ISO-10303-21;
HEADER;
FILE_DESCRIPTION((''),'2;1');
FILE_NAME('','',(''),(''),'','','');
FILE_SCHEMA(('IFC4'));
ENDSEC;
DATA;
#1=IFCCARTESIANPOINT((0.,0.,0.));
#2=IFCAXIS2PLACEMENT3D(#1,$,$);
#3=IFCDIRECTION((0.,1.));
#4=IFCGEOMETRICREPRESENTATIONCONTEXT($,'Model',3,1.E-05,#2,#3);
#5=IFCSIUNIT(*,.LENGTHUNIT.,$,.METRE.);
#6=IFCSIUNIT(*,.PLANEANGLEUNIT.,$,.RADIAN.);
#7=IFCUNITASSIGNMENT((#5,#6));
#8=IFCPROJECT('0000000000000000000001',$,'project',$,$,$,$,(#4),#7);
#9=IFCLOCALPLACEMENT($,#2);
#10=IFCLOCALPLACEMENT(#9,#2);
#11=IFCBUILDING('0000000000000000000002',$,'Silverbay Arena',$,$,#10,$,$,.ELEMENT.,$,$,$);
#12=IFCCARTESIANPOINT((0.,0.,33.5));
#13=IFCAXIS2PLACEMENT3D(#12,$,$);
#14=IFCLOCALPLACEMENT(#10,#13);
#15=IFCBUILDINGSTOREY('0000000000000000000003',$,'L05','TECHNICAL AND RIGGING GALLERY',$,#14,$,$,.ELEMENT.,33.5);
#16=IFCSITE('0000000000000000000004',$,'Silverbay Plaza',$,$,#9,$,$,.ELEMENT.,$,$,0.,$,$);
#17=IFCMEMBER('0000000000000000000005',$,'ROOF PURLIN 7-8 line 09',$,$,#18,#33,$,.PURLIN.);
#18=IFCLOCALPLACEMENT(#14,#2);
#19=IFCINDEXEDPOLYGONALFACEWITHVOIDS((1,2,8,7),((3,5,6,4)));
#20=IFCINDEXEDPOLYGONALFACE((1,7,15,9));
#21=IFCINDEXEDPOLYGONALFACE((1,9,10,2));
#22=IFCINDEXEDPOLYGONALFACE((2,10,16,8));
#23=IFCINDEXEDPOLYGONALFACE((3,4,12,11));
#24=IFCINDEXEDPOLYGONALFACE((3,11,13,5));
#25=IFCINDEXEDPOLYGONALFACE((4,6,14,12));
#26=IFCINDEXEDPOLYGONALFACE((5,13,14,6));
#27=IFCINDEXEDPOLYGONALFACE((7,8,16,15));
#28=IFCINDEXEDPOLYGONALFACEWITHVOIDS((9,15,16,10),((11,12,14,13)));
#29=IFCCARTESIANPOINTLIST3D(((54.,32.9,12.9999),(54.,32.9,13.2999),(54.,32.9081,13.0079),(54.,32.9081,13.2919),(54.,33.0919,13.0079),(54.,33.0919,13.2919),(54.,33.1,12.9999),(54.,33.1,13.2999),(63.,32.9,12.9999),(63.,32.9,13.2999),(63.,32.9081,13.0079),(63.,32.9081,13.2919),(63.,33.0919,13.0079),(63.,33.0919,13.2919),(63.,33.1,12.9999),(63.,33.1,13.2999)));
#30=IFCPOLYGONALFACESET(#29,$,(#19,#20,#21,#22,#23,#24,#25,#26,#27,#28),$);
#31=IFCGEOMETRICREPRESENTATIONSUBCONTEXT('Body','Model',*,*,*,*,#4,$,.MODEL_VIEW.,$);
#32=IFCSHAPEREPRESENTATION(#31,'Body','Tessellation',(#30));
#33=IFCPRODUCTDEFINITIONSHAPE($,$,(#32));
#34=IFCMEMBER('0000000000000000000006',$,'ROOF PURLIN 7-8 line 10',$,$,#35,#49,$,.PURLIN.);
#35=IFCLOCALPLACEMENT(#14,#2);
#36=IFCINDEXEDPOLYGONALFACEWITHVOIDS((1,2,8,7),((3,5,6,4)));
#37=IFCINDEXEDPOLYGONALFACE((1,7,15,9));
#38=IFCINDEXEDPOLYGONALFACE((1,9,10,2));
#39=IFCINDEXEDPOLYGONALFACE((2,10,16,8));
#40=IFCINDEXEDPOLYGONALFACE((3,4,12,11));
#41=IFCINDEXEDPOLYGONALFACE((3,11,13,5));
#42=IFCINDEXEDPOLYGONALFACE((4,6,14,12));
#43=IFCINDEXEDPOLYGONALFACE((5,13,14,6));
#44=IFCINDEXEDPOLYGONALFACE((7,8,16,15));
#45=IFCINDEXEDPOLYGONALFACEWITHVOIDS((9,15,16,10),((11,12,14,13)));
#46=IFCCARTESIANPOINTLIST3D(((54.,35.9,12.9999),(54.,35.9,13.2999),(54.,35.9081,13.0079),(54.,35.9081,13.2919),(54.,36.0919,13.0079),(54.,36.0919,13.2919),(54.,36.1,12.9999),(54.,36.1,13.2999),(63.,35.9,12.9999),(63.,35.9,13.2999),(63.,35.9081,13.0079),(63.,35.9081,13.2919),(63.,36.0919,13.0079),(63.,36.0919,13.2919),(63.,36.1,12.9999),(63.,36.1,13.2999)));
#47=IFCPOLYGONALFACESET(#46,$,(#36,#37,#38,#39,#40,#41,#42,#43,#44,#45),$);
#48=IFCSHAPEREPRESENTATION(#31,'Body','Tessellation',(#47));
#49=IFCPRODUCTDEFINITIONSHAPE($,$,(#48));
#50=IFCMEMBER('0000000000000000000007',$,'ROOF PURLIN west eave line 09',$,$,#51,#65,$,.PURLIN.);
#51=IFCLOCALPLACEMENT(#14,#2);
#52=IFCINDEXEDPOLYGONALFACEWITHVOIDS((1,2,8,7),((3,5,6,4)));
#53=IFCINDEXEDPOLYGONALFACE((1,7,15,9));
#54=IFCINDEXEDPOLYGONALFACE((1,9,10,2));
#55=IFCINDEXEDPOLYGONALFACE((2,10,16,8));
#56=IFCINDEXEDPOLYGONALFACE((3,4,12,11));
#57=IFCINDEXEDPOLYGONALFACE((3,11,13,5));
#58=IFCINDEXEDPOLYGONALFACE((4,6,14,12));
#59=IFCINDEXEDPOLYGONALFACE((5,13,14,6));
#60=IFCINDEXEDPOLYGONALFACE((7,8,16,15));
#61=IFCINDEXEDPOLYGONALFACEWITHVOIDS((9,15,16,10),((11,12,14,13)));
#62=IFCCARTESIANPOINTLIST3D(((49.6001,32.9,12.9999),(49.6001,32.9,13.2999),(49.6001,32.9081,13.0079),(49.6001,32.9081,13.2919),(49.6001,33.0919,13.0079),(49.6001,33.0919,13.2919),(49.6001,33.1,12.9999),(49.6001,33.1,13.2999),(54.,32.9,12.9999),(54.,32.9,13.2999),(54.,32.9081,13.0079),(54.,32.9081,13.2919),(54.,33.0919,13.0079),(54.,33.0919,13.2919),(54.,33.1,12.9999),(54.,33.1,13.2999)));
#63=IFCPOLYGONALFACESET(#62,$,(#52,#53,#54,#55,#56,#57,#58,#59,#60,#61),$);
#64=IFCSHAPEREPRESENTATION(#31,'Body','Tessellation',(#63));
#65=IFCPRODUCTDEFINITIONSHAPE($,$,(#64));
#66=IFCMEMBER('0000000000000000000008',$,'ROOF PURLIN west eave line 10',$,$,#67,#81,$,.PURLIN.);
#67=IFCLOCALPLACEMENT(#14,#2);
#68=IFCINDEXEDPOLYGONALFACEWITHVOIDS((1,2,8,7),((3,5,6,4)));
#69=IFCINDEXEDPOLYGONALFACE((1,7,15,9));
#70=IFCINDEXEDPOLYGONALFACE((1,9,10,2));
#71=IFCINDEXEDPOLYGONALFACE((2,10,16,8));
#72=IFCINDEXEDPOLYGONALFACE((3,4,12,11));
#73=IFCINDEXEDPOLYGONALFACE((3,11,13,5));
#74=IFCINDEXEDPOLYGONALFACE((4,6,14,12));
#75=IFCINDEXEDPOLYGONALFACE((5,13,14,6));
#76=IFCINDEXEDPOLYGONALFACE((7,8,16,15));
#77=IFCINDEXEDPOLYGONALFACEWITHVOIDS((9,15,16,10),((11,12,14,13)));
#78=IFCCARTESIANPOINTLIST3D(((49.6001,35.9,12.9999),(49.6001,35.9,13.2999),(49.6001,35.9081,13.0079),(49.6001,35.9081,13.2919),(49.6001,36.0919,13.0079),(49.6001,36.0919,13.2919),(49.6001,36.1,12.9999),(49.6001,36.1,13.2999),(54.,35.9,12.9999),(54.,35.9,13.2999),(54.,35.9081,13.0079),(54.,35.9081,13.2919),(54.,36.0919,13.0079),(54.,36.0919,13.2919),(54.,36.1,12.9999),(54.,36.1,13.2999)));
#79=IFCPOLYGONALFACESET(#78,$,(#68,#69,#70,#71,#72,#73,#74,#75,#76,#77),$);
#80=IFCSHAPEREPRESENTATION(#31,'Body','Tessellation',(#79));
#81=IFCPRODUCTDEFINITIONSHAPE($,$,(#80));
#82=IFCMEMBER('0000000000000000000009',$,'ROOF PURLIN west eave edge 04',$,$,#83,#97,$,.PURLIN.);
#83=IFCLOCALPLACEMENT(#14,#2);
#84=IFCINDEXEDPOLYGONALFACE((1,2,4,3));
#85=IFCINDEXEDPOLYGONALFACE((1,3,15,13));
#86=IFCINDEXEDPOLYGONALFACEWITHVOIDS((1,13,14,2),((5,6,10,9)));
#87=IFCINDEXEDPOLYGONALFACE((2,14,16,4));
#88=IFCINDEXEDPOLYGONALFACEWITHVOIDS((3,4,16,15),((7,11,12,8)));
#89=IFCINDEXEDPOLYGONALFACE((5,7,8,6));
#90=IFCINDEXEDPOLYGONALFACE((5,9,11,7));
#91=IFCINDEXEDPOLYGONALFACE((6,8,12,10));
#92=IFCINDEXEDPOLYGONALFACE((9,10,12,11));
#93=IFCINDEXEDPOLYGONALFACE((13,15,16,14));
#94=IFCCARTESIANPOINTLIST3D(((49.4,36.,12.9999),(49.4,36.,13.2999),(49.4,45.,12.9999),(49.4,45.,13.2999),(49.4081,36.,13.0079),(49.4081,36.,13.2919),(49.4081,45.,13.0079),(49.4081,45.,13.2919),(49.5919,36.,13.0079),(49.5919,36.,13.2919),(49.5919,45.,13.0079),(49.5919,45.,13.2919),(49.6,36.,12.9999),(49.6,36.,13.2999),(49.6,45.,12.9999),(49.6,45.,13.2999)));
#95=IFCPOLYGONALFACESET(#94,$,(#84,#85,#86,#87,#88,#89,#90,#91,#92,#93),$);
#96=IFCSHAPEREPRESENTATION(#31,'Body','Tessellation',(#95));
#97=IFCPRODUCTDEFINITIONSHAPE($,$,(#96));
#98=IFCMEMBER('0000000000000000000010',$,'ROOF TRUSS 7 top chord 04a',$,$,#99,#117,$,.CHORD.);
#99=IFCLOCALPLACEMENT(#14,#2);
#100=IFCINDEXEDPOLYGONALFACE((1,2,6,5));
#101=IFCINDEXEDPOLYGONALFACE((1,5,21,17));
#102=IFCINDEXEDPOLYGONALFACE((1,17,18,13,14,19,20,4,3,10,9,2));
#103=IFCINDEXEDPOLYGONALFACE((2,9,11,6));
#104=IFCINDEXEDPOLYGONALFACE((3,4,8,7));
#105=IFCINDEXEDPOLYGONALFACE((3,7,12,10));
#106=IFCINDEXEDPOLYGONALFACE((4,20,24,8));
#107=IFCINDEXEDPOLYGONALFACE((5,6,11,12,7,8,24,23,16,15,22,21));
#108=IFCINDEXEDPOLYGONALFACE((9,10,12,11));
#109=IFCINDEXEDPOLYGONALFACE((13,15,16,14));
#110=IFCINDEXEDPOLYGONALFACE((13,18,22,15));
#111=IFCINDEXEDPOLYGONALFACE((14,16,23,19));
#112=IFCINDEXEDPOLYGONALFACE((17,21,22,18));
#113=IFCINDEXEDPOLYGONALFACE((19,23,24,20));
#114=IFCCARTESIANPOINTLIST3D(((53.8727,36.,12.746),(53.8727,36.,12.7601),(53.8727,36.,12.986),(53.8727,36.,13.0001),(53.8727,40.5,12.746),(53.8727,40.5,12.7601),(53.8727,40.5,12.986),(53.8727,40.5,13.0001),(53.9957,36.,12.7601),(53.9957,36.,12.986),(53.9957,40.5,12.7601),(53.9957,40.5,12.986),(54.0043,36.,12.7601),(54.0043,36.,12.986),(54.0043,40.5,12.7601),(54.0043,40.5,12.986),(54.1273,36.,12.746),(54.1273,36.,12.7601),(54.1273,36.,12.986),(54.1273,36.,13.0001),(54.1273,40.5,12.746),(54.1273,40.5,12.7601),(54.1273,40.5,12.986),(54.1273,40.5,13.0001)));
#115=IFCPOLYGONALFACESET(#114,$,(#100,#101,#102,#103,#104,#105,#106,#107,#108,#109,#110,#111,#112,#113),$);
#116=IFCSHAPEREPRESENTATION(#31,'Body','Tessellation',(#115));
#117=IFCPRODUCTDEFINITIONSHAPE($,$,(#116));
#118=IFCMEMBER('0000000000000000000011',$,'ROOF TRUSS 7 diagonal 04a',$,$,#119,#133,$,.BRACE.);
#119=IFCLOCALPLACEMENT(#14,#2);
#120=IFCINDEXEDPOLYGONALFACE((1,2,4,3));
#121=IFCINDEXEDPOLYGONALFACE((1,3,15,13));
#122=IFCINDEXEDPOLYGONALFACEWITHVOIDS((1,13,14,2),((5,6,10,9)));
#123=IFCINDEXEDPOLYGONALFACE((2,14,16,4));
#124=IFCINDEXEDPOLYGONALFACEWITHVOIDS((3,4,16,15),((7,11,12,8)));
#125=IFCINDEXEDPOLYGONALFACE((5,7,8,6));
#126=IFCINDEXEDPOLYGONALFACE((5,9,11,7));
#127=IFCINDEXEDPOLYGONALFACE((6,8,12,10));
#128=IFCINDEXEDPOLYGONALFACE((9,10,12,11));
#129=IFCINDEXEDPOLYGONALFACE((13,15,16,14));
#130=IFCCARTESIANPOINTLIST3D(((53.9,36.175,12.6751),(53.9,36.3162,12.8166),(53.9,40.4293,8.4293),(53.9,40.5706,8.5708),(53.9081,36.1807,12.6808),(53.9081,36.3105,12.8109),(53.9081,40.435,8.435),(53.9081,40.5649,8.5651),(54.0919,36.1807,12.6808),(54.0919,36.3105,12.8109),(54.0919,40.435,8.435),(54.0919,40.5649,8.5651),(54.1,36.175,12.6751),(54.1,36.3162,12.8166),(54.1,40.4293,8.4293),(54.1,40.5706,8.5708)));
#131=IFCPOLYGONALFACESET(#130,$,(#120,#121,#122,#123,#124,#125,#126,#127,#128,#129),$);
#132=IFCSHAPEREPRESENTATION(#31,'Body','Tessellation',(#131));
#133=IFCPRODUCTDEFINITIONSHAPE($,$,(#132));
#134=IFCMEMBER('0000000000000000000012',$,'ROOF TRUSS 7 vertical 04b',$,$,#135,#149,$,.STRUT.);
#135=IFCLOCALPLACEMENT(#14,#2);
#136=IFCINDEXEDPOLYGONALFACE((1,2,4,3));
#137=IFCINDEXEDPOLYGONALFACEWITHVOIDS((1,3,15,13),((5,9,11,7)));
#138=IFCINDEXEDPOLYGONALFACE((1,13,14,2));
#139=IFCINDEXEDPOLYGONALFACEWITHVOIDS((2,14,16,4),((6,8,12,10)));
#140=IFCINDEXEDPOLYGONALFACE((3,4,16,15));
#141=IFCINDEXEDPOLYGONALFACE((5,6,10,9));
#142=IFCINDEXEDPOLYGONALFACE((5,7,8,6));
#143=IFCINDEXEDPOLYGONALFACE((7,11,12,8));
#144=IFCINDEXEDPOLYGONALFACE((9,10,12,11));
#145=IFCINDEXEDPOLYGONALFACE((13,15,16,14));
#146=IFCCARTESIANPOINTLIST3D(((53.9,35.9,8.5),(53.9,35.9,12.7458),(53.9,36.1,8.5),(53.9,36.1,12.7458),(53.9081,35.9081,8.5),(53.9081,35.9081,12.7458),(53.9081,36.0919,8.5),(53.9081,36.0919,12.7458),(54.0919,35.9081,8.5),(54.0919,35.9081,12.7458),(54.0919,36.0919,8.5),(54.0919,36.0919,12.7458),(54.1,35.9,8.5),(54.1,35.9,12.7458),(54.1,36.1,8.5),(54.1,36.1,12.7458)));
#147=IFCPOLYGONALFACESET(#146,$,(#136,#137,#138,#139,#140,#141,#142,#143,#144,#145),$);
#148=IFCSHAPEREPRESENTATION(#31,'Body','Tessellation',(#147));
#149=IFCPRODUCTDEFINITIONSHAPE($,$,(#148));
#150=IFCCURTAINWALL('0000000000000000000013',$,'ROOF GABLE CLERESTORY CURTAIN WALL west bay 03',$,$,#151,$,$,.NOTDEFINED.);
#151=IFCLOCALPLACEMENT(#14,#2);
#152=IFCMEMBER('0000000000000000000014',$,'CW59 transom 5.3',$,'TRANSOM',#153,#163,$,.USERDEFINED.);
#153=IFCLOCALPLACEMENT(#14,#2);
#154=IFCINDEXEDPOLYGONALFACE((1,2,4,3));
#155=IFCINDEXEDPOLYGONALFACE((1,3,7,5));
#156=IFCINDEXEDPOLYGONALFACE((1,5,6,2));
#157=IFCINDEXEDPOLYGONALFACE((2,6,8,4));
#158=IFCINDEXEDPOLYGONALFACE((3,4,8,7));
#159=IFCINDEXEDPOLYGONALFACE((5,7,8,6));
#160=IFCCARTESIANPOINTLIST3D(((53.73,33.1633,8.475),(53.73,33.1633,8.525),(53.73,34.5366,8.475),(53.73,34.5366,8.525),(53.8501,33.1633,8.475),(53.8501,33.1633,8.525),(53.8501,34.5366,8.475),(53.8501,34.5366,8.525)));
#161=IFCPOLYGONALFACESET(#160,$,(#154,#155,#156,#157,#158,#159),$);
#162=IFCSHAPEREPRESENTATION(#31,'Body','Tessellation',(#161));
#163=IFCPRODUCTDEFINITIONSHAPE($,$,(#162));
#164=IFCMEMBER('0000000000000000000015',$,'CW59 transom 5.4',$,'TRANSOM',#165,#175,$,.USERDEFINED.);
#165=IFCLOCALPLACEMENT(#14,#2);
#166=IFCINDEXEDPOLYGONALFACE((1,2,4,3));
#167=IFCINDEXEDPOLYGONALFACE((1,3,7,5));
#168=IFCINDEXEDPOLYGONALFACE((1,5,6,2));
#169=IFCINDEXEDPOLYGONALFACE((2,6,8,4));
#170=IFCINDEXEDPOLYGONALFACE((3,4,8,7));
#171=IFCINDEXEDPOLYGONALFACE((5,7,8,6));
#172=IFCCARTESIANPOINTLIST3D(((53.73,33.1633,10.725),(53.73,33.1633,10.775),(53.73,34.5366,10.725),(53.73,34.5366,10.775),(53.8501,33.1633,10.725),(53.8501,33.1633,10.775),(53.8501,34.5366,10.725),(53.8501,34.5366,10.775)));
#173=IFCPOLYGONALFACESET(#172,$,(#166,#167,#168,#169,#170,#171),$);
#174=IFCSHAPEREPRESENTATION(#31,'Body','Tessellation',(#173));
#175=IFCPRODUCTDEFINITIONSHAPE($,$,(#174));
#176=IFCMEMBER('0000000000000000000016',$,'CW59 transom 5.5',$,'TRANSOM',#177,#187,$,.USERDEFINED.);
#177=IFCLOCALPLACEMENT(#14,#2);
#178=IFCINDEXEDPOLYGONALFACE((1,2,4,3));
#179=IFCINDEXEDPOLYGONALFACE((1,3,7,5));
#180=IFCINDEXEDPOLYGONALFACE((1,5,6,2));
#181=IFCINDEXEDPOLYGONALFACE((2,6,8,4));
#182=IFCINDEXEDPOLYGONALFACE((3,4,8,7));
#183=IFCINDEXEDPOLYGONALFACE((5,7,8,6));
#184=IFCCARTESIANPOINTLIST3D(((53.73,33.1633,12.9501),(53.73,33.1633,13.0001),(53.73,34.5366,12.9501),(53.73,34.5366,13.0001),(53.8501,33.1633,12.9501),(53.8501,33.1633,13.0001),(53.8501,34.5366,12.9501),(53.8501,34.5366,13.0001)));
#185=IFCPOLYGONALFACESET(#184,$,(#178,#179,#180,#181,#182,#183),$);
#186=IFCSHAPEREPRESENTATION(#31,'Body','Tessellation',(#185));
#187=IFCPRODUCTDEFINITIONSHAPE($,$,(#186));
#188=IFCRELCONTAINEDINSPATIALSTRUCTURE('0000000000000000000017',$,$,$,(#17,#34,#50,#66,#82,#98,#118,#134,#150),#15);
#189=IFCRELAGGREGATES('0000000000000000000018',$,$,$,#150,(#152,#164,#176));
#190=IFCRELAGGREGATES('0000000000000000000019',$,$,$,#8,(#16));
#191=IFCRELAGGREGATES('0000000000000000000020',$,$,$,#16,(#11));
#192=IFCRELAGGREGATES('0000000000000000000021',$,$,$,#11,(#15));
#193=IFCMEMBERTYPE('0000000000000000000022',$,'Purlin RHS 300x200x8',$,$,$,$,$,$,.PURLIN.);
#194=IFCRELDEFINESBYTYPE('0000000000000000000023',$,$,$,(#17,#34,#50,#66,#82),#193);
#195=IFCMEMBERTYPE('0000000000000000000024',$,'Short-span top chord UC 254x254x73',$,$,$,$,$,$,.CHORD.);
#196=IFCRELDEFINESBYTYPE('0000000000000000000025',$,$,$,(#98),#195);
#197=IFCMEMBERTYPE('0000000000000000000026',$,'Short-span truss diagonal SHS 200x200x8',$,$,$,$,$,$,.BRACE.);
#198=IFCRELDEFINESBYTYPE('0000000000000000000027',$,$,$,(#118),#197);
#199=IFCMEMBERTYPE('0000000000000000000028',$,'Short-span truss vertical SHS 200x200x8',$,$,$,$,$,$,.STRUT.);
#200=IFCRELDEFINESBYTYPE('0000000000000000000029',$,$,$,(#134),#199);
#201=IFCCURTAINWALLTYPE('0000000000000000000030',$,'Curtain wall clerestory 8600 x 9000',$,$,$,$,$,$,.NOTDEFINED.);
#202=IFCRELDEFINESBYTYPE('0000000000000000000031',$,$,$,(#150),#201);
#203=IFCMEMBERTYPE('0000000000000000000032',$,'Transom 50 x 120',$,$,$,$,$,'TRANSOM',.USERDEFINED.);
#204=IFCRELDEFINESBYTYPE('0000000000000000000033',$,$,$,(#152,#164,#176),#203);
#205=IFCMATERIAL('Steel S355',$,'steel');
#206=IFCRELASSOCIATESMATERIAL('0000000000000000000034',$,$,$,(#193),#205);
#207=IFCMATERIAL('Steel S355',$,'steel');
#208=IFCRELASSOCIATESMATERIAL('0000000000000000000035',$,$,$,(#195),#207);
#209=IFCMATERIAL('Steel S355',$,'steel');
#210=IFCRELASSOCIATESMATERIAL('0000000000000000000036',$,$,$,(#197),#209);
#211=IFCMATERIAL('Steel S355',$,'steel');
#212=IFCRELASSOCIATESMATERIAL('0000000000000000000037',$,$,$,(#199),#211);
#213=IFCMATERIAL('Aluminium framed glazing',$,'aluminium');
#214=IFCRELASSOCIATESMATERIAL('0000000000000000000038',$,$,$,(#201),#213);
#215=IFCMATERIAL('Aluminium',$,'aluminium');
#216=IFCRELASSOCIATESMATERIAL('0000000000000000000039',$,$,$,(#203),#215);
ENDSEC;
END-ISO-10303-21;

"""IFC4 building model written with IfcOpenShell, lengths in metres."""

from ifc_helpers import new_model, si_unit, direction, frame, origin, origin_2d, place, context, subcontext, project, spatial, rectangle, hollow_rectangle, i_section, extrude, material, material_profile, profile_set, type_object, element, aggregate, save


model = new_model("IFC4")

# Units and contexts
model_context = context("Model", 3, precision=1e-05, world=origin(), true_north=direction((0.0, 1.0)))
body_context = subcontext(model_context, "Body", "Model", "MODEL_VIEW")
ifc_project = project(units=[si_unit("LENGTHUNIT", "METRE"), si_unit("PLANEANGLEUNIT", "RADIAN")], contexts=[model_context])

# Site, building, storey
site_placement = place(None, origin())
site = spatial("IfcSite", under=ifc_project, at=site_placement, Name="Silverbay Plaza", CompositionType="ELEMENT", RefElevation=0.0)
building_placement = place(site_placement, origin())
building = spatial("IfcBuilding", under=site, at=building_placement, Name="Silverbay Arena", CompositionType="ELEMENT")
storey_placement = place(building_placement, frame((0.0, 0.0, 33.5)))
storey = spatial("IfcBuildingStorey", under=building, at=storey_placement, Name="L05", Description="TECHNICAL AND RIGGING GALLERY", CompositionType="ELEMENT", Elevation=33.5)

# Members
ifc_material_1 = material(Name="Steel S355", Category="steel")
ifc_material_profile_1 = material_profile(ifc_material_1, hollow_rectangle(XDim=0.2, YDim=0.3, WallThickness=0.0081, at=origin_2d()), Name="RHS 300x200x8")
ifc_profile_set_1 = profile_set([ifc_material_profile_1], Name="Steel S355")
member_type_1 = type_object("IfcMemberType", Name="Purlin RHS 300x200x8", PredefinedType="PURLIN", material=ifc_profile_set_1)
for number, where, z_axis, x_axis, name in (
    (1, (54.0, 33.0, 13.1499), (1.0, 0.0, 0.0), (0.0, 1.0, 0.0), "ROOF PURLIN 7-8 line 09"),
    (2, (54.0, 36.0, 13.1499), (1.0, 0.0, 0.0), (0.0, 1.0, 0.0), "ROOF PURLIN 7-8 line 10"),
):
    element("IfcMember", number, at=place(storey_placement, frame(where, z_axis=z_axis, x_axis=x_axis)), inside=storey, type_object=member_type_1, Name=name, PredefinedType="PURLIN", context=body_context, shape_type="SweptSolid", body=[
        extrude(hollow_rectangle(XDim=0.2, YDim=0.3, WallThickness=0.0081, at=origin_2d()), origin(), (0.0, 0.0, 1.0), 9.0),
    ])
for number, where, z_axis, x_axis, name in (
    (3, (49.6001, 33.0, 13.1499), (1.0, 0.0, 0.0), (0.0, 1.0, 0.0), "ROOF PURLIN west eave line 09"),
    (4, (49.6001, 36.0, 13.1499), (1.0, 0.0, 0.0), (0.0, 1.0, 0.0), "ROOF PURLIN west eave line 10"),
):
    element("IfcMember", number, at=place(storey_placement, frame(where, z_axis=z_axis, x_axis=x_axis)), inside=storey, type_object=member_type_1, Name=name, PredefinedType="PURLIN", context=body_context, shape_type="SweptSolid", body=[
        extrude(hollow_rectangle(XDim=0.2, YDim=0.3, WallThickness=0.0081, at=origin_2d()), origin(), (0.0, 0.0, 1.0), 4.3999),
    ])
member_1_placement = place(storey_placement, frame((49.5, 36.0, 13.1499), z_axis=(0.0, 1.0, 0.0), x_axis=(-1.0, 0.0, 0.0)))
element("IfcMember", 5, at=member_1_placement, inside=storey, type_object=member_type_1, Name="ROOF PURLIN west eave edge 04", PredefinedType="PURLIN", context=body_context, shape_type="SweptSolid", body=[
    extrude(hollow_rectangle(XDim=0.2, YDim=0.3, WallThickness=0.0081, at=origin_2d()), origin(), (0.0, 0.0, 1.0), 9.0),
])
ifc_material_2 = material(Name="Steel S355", Category="steel")
ifc_material_profile_2 = material_profile(ifc_material_2, i_section(OverallWidth=0.2546, OverallDepth=0.2542, WebThickness=0.0085, FlangeThickness=0.0142, at=origin_2d()), Name="UC 254x254x73")
ifc_profile_set_2 = profile_set([ifc_material_profile_2], Name="Steel S355")
member_type_2 = type_object("IfcMemberType", Name="Short-span top chord UC 254x254x73", PredefinedType="CHORD", material=ifc_profile_set_2)
member_2_placement = place(storey_placement, frame((54.0, 36.0, 12.873), z_axis=(0.0, 1.0, 0.0), x_axis=(-1.0, 0.0, 0.0)))
element("IfcMember", 6, at=member_2_placement, inside=storey, type_object=member_type_2, Name="ROOF TRUSS 7 top chord 04a", PredefinedType="CHORD", context=body_context, shape_type="SweptSolid", body=[
    extrude(i_section(OverallWidth=0.2546, OverallDepth=0.2542, WebThickness=0.0085, FlangeThickness=0.0142, at=origin_2d()), origin(), (0.0, 0.0, 1.0), 4.5),
])
ifc_material_3 = material(Name="Steel S355", Category="steel")
ifc_material_profile_3 = material_profile(ifc_material_3, hollow_rectangle(XDim=0.2, YDim=0.2, WallThickness=0.0081, at=origin_2d()), Name="SHS 200x200x8")
ifc_profile_set_3 = profile_set([ifc_material_profile_3], Name="Steel S355")
member_type_3 = type_object("IfcMemberType", Name="Short-span truss diagonal SHS 200x200x8", PredefinedType="BRACE", material=ifc_profile_set_3)
member_3_placement = place(storey_placement, frame((54.0, 36.2456, 12.7458), z_axis=(0.0, 0.707817, -0.706396), x_axis=(-1.0, 0.0, 0.0)))
element("IfcMember", 7, at=member_3_placement, inside=storey, type_object=member_type_3, Name="ROOF TRUSS 7 diagonal 04a", PredefinedType="BRACE", context=body_context, shape_type="SweptSolid", body=[
    extrude(hollow_rectangle(XDim=0.2, YDim=0.2, WallThickness=0.0081, at=origin_2d()), origin(), (0.0, 0.0, 1.0), 6.0105),
])
ifc_material_4 = material(Name="Steel S355", Category="steel")
ifc_material_profile_4 = material_profile(ifc_material_4, hollow_rectangle(XDim=0.2, YDim=0.2, WallThickness=0.0081, at=origin_2d()), Name="SHS 200x200x8")
ifc_profile_set_4 = profile_set([ifc_material_profile_4], Name="Steel S355")
member_type_4 = type_object("IfcMemberType", Name="Short-span truss vertical SHS 200x200x8", PredefinedType="STRUT", material=ifc_profile_set_4)
member_4_placement = place(storey_placement, frame((54.0, 36.0, 8.5), z_axis=(0.0, 0.0, 1.0), x_axis=(1.0, 0.0, 0.0)))
element("IfcMember", 8, at=member_4_placement, inside=storey, type_object=member_type_4, Name="ROOF TRUSS 7 vertical 04b", PredefinedType="STRUT", context=body_context, shape_type="SweptSolid", body=[
    extrude(hollow_rectangle(XDim=0.2, YDim=0.2, WallThickness=0.0081, at=origin_2d()), origin(), (0.0, 0.0, 1.0), 4.2458),
])

# Curtain wall, members
ifc_material_5 = material(Name="Aluminium framed glazing", Category="aluminium")
curtain_wall_type_1 = type_object("IfcCurtainWallType", Name="Curtain wall clerestory 8600 x 9000", PredefinedType="NOTDEFINED", material=ifc_material_5)
curtain_wall_1_placement = place(storey_placement, origin())
curtain_wall_1 = element("IfcCurtainWall", 9, at=curtain_wall_1_placement, inside=storey, type_object=curtain_wall_type_1, Name="ROOF GABLE CLERESTORY CURTAIN WALL west bay 03", PredefinedType="NOTDEFINED")
ifc_material_6 = material(Name="Aluminium", Category="aluminium")
ifc_material_profile_5 = material_profile(ifc_material_6, rectangle(XDim=0.1201, YDim=0.05, at=origin_2d()), Name="Transom 50 x 120")
ifc_profile_set_5 = profile_set([ifc_material_profile_5], Name="Aluminium")
member_type_5 = type_object("IfcMemberType", Name="Transom 50 x 120", ElementType="TRANSOM", PredefinedType="USERDEFINED", material=ifc_profile_set_5)
member_5_placement = place(storey_placement, frame((53.79, 33.1633, 8.5), z_axis=(0.0, 1.0, 0.0), x_axis=(-1.0, 0.0, 0.0)))
member_5 = element("IfcMember", 10, at=member_5_placement, type_object=member_type_5, Name="CW59 transom 5.3", ObjectType="TRANSOM", PredefinedType="USERDEFINED", context=body_context, shape_type="SweptSolid", body=[
    extrude(rectangle(XDim=0.1201, YDim=0.05, at=origin_2d()), origin(), (0.0, 0.0, 1.0), 1.3733),
])
member_6_placement = place(storey_placement, frame((53.79, 33.1633, 10.75), z_axis=(0.0, 1.0, 0.0), x_axis=(-1.0, 0.0, 0.0)))
member_6 = element("IfcMember", 11, at=member_6_placement, type_object=member_type_5, Name="CW59 transom 5.4", ObjectType="TRANSOM", PredefinedType="USERDEFINED", context=body_context, shape_type="SweptSolid", body=[
    extrude(rectangle(XDim=0.1201, YDim=0.05, at=origin_2d()), origin(), (0.0, 0.0, 1.0), 1.3733),
])
member_7_placement = place(storey_placement, frame((53.79, 33.1633, 12.9751), z_axis=(0.0, 1.0, 0.0), x_axis=(-1.0, 0.0, 0.0)))
member_7 = element("IfcMember", 12, at=member_7_placement, type_object=member_type_5, Name="CW59 transom 5.5", ObjectType="TRANSOM", PredefinedType="USERDEFINED", context=body_context, shape_type="SweptSolid", body=[
    extrude(rectangle(XDim=0.1201, YDim=0.05, at=origin_2d()), origin(), (0.0, 0.0, 1.0), 1.3733),
])

aggregate(curtain_wall_1, [member_5, member_6, member_7])

save(model, "model.ifc")
